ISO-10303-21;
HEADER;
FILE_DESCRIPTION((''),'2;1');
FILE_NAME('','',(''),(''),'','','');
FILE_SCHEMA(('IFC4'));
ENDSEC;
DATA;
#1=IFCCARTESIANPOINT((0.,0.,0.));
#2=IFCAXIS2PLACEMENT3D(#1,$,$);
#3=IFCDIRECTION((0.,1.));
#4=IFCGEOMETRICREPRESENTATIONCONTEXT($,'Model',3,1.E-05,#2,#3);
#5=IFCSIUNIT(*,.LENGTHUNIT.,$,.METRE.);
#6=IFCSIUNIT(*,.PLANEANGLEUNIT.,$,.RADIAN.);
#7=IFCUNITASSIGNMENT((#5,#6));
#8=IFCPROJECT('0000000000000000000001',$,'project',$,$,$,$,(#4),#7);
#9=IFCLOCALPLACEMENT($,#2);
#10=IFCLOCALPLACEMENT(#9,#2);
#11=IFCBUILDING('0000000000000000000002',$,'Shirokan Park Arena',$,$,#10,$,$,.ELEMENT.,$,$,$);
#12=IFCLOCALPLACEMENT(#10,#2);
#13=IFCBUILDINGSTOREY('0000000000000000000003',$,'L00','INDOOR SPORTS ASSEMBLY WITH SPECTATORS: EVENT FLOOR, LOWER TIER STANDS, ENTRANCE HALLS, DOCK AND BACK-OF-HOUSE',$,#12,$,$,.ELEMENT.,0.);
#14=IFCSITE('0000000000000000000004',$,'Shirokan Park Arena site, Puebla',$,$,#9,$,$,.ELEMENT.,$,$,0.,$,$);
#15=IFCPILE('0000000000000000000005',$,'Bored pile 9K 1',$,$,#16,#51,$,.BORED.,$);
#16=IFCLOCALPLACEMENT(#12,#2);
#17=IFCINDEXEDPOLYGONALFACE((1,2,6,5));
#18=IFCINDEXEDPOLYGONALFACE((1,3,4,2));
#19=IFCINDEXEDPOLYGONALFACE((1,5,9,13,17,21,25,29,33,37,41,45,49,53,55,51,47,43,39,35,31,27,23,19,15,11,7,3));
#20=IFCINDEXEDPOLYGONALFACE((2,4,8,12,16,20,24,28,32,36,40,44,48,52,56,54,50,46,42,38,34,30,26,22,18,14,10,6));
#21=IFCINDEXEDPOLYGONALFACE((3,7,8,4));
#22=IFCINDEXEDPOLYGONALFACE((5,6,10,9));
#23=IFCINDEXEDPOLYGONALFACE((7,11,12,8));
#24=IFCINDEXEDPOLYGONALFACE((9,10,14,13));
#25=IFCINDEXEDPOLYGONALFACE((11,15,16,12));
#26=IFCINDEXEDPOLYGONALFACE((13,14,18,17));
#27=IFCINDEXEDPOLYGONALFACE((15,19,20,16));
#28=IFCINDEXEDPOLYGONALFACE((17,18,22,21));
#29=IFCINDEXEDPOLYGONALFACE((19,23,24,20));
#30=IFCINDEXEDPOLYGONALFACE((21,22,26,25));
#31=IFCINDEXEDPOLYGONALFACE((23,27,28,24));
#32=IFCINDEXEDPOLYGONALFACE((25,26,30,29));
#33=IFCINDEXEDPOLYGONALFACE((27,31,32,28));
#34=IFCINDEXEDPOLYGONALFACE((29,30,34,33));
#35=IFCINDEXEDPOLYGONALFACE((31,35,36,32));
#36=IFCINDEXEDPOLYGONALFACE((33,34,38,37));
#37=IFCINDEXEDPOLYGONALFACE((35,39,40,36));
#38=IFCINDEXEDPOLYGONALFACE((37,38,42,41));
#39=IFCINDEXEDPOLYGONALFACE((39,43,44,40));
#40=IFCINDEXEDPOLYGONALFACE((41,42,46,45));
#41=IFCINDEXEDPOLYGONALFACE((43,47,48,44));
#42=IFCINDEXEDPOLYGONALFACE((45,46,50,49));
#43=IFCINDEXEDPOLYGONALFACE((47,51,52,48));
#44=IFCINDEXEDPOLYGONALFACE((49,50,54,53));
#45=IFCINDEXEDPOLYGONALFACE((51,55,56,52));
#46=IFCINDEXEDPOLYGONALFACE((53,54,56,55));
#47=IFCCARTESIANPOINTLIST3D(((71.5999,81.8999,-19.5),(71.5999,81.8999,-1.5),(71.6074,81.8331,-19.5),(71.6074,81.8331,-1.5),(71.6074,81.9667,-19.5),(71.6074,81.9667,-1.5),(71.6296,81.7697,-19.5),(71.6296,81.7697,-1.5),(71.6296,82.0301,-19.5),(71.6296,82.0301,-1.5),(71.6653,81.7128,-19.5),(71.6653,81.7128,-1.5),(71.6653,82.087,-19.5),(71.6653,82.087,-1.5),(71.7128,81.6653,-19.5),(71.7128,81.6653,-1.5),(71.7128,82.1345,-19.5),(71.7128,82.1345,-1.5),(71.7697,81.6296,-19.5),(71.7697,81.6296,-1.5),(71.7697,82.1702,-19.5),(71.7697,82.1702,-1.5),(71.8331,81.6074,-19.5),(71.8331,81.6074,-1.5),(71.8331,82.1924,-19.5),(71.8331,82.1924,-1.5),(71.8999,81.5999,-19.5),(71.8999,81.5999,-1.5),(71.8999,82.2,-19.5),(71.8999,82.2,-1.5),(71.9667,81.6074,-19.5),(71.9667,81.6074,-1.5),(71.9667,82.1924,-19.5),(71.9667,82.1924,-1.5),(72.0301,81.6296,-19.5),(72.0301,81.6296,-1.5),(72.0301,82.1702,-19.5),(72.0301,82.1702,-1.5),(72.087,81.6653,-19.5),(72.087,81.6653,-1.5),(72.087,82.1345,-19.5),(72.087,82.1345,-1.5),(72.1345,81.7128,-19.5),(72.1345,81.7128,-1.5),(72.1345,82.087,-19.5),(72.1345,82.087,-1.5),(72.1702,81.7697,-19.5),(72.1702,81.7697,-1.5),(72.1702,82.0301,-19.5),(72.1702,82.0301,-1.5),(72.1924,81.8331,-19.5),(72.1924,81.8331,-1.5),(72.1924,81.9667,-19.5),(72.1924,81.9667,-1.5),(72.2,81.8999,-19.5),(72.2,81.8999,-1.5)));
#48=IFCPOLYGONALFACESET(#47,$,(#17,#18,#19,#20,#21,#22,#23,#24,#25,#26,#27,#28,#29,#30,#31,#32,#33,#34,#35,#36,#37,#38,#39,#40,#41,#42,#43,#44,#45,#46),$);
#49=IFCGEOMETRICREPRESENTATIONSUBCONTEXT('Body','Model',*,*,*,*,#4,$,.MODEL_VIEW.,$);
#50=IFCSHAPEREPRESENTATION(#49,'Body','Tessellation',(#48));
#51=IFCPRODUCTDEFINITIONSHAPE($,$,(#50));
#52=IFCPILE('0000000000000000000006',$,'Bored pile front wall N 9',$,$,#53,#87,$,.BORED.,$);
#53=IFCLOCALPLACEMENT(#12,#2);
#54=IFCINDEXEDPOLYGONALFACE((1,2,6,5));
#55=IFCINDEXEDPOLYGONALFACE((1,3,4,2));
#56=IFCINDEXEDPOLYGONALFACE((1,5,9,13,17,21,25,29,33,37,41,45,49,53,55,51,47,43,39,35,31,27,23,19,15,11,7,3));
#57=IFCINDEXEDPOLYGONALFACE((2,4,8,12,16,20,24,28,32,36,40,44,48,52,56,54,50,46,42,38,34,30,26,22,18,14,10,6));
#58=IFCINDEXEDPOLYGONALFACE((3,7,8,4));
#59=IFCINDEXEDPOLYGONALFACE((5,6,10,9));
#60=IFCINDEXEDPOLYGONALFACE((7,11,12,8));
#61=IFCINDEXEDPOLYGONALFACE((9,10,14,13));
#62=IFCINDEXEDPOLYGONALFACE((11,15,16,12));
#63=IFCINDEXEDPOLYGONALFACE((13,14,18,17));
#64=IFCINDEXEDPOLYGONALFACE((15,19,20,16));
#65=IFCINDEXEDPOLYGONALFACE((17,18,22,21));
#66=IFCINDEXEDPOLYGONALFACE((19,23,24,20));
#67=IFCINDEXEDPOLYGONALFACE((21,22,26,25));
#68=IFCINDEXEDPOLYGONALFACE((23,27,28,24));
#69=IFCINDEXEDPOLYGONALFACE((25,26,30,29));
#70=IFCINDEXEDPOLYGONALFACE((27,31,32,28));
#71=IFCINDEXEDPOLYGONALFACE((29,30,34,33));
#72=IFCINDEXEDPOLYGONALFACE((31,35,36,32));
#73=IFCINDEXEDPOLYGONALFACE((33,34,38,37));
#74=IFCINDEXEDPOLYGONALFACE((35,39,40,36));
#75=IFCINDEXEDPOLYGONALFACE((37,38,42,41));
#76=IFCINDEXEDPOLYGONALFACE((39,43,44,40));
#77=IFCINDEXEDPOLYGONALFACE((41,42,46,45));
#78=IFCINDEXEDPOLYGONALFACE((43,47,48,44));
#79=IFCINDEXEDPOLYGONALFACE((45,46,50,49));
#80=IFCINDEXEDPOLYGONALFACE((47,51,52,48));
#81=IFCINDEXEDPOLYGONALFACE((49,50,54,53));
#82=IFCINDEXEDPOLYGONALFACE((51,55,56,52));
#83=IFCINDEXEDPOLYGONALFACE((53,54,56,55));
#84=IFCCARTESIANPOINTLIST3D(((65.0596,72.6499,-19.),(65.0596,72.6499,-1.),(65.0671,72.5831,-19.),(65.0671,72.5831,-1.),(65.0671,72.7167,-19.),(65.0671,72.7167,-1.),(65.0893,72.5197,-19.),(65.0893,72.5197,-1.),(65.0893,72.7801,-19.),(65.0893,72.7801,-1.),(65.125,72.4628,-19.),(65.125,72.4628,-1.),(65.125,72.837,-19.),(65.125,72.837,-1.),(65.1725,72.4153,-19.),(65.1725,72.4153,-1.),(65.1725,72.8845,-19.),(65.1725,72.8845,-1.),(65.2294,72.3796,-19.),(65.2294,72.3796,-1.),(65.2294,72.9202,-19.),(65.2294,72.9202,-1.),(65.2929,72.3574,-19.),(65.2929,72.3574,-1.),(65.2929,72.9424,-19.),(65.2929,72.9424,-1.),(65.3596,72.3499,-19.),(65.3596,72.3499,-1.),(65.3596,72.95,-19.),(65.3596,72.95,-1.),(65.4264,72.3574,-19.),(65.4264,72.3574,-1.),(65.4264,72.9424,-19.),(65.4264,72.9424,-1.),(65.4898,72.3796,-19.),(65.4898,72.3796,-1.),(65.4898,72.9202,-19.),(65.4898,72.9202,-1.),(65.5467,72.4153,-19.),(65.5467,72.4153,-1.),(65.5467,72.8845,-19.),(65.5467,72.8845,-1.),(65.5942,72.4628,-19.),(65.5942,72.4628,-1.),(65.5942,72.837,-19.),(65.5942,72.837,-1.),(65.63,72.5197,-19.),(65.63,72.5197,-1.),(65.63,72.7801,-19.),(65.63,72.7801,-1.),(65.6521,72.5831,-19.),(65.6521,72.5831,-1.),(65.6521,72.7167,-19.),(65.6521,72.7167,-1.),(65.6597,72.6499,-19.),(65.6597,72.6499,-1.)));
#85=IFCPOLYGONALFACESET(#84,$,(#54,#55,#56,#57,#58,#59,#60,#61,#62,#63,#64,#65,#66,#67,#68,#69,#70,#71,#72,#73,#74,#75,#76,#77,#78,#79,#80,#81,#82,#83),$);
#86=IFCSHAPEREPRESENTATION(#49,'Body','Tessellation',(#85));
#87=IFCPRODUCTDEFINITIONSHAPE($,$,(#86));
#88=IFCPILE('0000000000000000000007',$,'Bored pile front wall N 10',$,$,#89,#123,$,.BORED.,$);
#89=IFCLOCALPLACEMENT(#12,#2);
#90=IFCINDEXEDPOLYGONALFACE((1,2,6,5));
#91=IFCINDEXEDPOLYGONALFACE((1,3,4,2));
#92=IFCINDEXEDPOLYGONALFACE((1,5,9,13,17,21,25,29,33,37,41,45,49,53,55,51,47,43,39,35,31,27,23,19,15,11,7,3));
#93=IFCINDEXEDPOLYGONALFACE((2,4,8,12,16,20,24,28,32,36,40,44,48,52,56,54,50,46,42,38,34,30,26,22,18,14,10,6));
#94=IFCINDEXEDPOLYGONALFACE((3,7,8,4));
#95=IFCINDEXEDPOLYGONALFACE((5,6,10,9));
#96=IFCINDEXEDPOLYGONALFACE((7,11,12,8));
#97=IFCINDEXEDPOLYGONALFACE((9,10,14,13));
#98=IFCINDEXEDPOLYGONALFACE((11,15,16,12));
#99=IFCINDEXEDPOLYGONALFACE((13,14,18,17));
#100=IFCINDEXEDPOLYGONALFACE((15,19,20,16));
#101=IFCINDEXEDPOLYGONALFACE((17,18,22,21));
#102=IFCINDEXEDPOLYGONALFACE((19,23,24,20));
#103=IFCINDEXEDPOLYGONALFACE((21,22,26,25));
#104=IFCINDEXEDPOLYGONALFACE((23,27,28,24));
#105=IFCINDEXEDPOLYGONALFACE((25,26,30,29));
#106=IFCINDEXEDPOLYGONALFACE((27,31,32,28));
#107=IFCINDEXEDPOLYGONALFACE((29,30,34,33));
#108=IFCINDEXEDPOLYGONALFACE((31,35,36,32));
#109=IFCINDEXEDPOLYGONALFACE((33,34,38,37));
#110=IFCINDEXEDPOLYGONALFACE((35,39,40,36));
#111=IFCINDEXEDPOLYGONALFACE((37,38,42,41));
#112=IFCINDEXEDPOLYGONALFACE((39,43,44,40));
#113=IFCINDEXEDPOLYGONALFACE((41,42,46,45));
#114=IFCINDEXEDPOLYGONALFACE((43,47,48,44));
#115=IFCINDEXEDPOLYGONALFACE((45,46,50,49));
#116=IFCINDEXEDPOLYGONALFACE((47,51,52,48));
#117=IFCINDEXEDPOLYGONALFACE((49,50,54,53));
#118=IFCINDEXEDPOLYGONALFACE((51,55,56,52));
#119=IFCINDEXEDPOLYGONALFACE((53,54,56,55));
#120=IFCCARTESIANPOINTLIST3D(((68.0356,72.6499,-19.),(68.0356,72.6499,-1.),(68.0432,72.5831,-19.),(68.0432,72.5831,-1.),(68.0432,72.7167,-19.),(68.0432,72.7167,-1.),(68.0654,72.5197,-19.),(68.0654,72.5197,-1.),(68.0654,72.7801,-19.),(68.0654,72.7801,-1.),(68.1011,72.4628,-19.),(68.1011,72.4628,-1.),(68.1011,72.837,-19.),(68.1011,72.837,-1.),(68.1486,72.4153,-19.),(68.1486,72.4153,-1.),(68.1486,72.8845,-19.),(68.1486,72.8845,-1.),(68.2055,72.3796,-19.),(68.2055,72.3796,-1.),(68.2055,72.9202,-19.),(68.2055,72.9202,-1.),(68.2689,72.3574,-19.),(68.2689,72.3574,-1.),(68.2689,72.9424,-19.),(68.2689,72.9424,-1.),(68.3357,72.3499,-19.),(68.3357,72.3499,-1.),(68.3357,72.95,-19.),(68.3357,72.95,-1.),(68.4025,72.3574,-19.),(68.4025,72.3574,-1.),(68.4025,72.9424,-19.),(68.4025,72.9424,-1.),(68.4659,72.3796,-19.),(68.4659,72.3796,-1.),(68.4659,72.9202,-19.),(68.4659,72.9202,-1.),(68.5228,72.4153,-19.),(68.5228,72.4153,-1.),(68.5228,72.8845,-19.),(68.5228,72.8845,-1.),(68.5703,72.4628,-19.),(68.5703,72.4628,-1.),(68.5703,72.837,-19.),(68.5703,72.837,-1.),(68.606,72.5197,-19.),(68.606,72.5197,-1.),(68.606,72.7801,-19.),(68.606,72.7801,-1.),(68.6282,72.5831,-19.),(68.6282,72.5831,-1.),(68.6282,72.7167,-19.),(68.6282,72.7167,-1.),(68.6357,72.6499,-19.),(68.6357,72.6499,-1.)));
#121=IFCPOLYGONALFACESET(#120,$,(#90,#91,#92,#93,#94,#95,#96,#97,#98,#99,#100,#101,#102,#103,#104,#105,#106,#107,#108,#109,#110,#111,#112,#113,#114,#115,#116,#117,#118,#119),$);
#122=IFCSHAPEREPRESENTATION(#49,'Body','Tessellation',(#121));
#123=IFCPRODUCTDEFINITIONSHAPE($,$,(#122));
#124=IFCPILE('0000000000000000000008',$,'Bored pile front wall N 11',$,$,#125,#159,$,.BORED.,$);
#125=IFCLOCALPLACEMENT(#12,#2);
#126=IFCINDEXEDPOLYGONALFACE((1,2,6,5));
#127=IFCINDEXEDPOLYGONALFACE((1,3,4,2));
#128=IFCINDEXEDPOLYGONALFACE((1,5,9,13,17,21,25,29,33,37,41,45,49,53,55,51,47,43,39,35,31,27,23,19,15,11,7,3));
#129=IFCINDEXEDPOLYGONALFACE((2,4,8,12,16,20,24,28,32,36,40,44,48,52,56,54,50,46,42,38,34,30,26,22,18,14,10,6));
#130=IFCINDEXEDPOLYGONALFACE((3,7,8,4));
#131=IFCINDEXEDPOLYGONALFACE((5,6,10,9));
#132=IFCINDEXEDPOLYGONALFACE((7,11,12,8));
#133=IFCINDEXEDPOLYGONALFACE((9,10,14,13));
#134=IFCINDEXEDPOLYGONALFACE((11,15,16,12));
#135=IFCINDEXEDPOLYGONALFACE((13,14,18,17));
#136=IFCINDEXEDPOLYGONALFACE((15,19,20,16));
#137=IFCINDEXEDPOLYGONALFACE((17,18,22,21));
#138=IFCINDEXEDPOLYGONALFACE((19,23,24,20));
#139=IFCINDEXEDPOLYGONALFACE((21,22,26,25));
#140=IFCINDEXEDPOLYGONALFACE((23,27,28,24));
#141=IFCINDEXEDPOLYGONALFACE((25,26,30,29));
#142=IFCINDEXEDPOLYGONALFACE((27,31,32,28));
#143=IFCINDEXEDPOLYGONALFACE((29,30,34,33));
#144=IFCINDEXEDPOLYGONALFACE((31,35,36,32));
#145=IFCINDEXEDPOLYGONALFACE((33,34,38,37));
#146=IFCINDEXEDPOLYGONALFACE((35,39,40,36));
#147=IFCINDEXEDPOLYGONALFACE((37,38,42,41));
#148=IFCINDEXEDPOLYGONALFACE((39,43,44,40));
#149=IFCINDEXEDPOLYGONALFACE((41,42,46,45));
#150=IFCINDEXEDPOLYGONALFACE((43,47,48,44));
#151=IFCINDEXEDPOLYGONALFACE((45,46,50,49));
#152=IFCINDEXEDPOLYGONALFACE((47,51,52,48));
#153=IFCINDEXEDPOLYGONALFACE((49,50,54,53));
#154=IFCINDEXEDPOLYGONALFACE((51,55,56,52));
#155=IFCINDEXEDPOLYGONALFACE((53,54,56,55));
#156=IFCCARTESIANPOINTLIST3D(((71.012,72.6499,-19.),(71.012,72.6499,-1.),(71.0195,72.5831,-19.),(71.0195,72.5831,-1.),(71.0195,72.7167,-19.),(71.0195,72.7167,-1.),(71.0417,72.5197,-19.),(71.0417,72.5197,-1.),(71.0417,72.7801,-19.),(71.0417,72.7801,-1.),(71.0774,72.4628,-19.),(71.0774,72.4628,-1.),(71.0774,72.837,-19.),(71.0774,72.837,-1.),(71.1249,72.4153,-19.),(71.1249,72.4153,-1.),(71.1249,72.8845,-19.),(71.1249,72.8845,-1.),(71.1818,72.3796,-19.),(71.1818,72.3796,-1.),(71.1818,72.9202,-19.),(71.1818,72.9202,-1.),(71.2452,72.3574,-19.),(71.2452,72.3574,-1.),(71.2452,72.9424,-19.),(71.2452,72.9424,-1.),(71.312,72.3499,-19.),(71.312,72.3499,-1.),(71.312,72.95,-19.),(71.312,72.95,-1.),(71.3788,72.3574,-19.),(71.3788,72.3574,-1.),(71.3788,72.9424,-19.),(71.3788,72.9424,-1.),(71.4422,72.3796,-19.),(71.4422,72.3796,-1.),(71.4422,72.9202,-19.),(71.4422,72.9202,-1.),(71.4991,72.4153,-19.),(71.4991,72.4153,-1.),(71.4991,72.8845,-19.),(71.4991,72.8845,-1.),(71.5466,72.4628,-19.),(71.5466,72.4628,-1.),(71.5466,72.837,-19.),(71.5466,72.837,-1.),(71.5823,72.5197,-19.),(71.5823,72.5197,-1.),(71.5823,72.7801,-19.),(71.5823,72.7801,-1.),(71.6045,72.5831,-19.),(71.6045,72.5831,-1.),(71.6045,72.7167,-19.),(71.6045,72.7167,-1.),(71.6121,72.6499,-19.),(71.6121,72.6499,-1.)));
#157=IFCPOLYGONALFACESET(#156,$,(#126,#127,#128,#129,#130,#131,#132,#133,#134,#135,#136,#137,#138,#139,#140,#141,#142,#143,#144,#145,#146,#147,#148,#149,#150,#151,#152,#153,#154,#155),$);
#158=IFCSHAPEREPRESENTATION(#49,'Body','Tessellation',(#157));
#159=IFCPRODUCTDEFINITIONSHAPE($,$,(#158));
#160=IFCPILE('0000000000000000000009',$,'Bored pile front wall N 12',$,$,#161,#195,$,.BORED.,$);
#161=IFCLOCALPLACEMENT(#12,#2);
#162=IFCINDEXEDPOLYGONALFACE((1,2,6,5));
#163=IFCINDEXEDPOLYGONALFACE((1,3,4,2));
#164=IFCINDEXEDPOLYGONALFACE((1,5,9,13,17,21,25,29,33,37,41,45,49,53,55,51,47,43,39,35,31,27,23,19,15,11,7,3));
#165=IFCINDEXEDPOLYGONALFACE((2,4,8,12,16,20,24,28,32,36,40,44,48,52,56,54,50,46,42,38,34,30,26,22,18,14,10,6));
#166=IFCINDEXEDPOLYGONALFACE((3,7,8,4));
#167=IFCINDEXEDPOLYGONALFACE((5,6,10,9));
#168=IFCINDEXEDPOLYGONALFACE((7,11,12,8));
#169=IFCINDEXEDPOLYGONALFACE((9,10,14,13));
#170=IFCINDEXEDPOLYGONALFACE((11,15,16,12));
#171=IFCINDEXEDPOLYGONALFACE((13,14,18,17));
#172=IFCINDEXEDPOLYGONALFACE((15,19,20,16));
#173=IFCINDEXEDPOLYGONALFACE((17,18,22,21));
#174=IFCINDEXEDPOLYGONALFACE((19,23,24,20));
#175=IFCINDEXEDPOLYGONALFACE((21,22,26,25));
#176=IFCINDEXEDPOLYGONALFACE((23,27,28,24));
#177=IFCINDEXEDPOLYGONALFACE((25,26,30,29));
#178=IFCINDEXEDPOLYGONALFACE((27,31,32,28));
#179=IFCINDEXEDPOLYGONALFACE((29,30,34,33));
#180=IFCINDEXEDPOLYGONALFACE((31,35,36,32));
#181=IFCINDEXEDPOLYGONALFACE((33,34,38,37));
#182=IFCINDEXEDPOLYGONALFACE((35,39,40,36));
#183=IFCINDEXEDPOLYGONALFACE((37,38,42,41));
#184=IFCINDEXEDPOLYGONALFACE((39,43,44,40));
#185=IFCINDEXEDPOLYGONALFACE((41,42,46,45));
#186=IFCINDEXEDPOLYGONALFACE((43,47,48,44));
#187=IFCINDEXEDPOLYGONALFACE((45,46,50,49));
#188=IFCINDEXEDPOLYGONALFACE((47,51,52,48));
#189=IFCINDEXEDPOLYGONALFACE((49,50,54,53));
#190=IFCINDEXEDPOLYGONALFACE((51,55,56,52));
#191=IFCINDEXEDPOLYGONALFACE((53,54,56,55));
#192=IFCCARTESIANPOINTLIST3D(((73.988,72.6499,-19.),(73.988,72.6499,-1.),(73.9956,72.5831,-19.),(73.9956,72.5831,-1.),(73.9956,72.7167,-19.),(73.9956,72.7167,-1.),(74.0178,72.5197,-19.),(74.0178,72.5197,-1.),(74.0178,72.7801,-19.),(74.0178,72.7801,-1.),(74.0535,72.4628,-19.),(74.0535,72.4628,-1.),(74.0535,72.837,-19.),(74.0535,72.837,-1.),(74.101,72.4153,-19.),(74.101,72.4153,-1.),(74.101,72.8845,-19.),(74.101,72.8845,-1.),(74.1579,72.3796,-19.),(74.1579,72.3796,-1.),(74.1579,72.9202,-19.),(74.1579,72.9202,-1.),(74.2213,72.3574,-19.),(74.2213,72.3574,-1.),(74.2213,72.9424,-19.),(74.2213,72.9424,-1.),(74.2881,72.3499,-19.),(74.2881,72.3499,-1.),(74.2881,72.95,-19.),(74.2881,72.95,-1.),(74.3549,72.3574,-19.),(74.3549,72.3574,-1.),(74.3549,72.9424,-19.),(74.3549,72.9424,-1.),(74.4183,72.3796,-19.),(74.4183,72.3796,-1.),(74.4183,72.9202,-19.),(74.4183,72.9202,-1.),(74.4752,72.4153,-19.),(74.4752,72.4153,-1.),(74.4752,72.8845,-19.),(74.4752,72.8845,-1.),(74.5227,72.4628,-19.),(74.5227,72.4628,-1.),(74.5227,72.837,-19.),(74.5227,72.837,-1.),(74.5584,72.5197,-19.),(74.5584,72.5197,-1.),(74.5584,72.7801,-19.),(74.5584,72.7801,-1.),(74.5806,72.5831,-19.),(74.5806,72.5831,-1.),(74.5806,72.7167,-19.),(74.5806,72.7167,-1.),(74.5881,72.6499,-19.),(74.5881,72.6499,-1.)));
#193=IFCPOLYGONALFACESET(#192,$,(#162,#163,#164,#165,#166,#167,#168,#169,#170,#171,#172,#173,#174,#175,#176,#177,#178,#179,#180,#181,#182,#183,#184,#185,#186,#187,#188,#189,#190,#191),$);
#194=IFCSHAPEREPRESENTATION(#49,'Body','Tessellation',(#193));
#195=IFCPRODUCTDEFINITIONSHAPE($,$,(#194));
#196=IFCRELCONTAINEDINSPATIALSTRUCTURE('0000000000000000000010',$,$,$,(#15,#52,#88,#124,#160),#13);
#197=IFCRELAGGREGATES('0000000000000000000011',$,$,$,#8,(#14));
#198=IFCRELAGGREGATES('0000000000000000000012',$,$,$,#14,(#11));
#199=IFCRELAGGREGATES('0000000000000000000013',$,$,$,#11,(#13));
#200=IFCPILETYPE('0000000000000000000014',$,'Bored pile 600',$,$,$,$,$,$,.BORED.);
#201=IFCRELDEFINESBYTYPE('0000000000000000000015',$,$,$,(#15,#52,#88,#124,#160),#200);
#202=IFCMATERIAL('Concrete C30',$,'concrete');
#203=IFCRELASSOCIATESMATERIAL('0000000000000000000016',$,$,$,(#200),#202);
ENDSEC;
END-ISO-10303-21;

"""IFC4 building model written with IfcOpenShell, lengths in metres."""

from ifc_helpers import new_model, si_unit, direction, frame, origin, origin_2d, place, context, subcontext, project, spatial, circle, extrude, material, material_profile, profile_set, type_object, element, save


model = new_model("IFC4")

# Units and contexts
model_context = context("Model", 3, precision=1e-05, world=origin(), true_north=direction((0.0, 1.0)))
body_context = subcontext(model_context, "Body", "Model", "MODEL_VIEW")
ifc_project = project(units=[si_unit("LENGTHUNIT", "METRE"), si_unit("PLANEANGLEUNIT", "RADIAN")], contexts=[model_context])

# Site, building, storey
site_placement = place(None, origin())
site = spatial("IfcSite", under=ifc_project, at=site_placement, Name="Shirokan Park Arena site, Puebla", CompositionType="ELEMENT", RefElevation=0.0)
building_placement = place(site_placement, origin())
building = spatial("IfcBuilding", under=site, at=building_placement, Name="Shirokan Park Arena", CompositionType="ELEMENT")
storey_placement = place(building_placement, origin())
storey = spatial("IfcBuildingStorey", under=building, at=storey_placement, Name="L00", Description="INDOOR SPORTS ASSEMBLY WITH SPECTATORS: EVENT FLOOR, LOWER TIER STANDS, ENTRANCE HALLS, DOCK AND BACK-OF-HOUSE", CompositionType="ELEMENT", Elevation=0.0)

# Piles
ifc_material_1 = material(Name="Concrete C30", Category="concrete")
ifc_material_profile_1 = material_profile(ifc_material_1, circle(Radius=0.3, at=origin_2d()), Name="D600")
ifc_profile_set_1 = profile_set([ifc_material_profile_1], Name="Concrete C30")
pile_type = type_object("IfcPileType", Name="Bored pile 600", PredefinedType="BORED", material=ifc_profile_set_1)
for number, where, z_axis, x_axis, name in (
    (1, (71.8999, 81.8999, -1.5), (0.0, 0.0, -1.0), (1.0, 0.0, 0.0), "Bored pile 9K 1"),
    (2, (65.3596, 72.6499, -1.0), (0.0, 0.0, -1.0), (1.0, 0.0, 0.0), "Bored pile front wall N 9"),
    (3, (68.3357, 72.6499, -1.0), (0.0, 0.0, -1.0), (1.0, 0.0, 0.0), "Bored pile front wall N 10"),
    (4, (71.312, 72.6499, -1.0), (0.0, 0.0, -1.0), (1.0, 0.0, 0.0), "Bored pile front wall N 11"),
    (5, (74.2881, 72.6499, -1.0), (0.0, 0.0, -1.0), (1.0, 0.0, 0.0), "Bored pile front wall N 12"),
):
    element("IfcPile", number, at=place(storey_placement, frame(where, z_axis=z_axis, x_axis=x_axis)), inside=storey, type_object=pile_type, Name=name, PredefinedType="BORED", context=body_context, shape_type="SweptSolid", body=[
        extrude(circle(Radius=0.3, at=origin_2d()), origin(), (0.0, 0.0, 1.0), 18.0),
    ])

save(model, "model.ifc")
